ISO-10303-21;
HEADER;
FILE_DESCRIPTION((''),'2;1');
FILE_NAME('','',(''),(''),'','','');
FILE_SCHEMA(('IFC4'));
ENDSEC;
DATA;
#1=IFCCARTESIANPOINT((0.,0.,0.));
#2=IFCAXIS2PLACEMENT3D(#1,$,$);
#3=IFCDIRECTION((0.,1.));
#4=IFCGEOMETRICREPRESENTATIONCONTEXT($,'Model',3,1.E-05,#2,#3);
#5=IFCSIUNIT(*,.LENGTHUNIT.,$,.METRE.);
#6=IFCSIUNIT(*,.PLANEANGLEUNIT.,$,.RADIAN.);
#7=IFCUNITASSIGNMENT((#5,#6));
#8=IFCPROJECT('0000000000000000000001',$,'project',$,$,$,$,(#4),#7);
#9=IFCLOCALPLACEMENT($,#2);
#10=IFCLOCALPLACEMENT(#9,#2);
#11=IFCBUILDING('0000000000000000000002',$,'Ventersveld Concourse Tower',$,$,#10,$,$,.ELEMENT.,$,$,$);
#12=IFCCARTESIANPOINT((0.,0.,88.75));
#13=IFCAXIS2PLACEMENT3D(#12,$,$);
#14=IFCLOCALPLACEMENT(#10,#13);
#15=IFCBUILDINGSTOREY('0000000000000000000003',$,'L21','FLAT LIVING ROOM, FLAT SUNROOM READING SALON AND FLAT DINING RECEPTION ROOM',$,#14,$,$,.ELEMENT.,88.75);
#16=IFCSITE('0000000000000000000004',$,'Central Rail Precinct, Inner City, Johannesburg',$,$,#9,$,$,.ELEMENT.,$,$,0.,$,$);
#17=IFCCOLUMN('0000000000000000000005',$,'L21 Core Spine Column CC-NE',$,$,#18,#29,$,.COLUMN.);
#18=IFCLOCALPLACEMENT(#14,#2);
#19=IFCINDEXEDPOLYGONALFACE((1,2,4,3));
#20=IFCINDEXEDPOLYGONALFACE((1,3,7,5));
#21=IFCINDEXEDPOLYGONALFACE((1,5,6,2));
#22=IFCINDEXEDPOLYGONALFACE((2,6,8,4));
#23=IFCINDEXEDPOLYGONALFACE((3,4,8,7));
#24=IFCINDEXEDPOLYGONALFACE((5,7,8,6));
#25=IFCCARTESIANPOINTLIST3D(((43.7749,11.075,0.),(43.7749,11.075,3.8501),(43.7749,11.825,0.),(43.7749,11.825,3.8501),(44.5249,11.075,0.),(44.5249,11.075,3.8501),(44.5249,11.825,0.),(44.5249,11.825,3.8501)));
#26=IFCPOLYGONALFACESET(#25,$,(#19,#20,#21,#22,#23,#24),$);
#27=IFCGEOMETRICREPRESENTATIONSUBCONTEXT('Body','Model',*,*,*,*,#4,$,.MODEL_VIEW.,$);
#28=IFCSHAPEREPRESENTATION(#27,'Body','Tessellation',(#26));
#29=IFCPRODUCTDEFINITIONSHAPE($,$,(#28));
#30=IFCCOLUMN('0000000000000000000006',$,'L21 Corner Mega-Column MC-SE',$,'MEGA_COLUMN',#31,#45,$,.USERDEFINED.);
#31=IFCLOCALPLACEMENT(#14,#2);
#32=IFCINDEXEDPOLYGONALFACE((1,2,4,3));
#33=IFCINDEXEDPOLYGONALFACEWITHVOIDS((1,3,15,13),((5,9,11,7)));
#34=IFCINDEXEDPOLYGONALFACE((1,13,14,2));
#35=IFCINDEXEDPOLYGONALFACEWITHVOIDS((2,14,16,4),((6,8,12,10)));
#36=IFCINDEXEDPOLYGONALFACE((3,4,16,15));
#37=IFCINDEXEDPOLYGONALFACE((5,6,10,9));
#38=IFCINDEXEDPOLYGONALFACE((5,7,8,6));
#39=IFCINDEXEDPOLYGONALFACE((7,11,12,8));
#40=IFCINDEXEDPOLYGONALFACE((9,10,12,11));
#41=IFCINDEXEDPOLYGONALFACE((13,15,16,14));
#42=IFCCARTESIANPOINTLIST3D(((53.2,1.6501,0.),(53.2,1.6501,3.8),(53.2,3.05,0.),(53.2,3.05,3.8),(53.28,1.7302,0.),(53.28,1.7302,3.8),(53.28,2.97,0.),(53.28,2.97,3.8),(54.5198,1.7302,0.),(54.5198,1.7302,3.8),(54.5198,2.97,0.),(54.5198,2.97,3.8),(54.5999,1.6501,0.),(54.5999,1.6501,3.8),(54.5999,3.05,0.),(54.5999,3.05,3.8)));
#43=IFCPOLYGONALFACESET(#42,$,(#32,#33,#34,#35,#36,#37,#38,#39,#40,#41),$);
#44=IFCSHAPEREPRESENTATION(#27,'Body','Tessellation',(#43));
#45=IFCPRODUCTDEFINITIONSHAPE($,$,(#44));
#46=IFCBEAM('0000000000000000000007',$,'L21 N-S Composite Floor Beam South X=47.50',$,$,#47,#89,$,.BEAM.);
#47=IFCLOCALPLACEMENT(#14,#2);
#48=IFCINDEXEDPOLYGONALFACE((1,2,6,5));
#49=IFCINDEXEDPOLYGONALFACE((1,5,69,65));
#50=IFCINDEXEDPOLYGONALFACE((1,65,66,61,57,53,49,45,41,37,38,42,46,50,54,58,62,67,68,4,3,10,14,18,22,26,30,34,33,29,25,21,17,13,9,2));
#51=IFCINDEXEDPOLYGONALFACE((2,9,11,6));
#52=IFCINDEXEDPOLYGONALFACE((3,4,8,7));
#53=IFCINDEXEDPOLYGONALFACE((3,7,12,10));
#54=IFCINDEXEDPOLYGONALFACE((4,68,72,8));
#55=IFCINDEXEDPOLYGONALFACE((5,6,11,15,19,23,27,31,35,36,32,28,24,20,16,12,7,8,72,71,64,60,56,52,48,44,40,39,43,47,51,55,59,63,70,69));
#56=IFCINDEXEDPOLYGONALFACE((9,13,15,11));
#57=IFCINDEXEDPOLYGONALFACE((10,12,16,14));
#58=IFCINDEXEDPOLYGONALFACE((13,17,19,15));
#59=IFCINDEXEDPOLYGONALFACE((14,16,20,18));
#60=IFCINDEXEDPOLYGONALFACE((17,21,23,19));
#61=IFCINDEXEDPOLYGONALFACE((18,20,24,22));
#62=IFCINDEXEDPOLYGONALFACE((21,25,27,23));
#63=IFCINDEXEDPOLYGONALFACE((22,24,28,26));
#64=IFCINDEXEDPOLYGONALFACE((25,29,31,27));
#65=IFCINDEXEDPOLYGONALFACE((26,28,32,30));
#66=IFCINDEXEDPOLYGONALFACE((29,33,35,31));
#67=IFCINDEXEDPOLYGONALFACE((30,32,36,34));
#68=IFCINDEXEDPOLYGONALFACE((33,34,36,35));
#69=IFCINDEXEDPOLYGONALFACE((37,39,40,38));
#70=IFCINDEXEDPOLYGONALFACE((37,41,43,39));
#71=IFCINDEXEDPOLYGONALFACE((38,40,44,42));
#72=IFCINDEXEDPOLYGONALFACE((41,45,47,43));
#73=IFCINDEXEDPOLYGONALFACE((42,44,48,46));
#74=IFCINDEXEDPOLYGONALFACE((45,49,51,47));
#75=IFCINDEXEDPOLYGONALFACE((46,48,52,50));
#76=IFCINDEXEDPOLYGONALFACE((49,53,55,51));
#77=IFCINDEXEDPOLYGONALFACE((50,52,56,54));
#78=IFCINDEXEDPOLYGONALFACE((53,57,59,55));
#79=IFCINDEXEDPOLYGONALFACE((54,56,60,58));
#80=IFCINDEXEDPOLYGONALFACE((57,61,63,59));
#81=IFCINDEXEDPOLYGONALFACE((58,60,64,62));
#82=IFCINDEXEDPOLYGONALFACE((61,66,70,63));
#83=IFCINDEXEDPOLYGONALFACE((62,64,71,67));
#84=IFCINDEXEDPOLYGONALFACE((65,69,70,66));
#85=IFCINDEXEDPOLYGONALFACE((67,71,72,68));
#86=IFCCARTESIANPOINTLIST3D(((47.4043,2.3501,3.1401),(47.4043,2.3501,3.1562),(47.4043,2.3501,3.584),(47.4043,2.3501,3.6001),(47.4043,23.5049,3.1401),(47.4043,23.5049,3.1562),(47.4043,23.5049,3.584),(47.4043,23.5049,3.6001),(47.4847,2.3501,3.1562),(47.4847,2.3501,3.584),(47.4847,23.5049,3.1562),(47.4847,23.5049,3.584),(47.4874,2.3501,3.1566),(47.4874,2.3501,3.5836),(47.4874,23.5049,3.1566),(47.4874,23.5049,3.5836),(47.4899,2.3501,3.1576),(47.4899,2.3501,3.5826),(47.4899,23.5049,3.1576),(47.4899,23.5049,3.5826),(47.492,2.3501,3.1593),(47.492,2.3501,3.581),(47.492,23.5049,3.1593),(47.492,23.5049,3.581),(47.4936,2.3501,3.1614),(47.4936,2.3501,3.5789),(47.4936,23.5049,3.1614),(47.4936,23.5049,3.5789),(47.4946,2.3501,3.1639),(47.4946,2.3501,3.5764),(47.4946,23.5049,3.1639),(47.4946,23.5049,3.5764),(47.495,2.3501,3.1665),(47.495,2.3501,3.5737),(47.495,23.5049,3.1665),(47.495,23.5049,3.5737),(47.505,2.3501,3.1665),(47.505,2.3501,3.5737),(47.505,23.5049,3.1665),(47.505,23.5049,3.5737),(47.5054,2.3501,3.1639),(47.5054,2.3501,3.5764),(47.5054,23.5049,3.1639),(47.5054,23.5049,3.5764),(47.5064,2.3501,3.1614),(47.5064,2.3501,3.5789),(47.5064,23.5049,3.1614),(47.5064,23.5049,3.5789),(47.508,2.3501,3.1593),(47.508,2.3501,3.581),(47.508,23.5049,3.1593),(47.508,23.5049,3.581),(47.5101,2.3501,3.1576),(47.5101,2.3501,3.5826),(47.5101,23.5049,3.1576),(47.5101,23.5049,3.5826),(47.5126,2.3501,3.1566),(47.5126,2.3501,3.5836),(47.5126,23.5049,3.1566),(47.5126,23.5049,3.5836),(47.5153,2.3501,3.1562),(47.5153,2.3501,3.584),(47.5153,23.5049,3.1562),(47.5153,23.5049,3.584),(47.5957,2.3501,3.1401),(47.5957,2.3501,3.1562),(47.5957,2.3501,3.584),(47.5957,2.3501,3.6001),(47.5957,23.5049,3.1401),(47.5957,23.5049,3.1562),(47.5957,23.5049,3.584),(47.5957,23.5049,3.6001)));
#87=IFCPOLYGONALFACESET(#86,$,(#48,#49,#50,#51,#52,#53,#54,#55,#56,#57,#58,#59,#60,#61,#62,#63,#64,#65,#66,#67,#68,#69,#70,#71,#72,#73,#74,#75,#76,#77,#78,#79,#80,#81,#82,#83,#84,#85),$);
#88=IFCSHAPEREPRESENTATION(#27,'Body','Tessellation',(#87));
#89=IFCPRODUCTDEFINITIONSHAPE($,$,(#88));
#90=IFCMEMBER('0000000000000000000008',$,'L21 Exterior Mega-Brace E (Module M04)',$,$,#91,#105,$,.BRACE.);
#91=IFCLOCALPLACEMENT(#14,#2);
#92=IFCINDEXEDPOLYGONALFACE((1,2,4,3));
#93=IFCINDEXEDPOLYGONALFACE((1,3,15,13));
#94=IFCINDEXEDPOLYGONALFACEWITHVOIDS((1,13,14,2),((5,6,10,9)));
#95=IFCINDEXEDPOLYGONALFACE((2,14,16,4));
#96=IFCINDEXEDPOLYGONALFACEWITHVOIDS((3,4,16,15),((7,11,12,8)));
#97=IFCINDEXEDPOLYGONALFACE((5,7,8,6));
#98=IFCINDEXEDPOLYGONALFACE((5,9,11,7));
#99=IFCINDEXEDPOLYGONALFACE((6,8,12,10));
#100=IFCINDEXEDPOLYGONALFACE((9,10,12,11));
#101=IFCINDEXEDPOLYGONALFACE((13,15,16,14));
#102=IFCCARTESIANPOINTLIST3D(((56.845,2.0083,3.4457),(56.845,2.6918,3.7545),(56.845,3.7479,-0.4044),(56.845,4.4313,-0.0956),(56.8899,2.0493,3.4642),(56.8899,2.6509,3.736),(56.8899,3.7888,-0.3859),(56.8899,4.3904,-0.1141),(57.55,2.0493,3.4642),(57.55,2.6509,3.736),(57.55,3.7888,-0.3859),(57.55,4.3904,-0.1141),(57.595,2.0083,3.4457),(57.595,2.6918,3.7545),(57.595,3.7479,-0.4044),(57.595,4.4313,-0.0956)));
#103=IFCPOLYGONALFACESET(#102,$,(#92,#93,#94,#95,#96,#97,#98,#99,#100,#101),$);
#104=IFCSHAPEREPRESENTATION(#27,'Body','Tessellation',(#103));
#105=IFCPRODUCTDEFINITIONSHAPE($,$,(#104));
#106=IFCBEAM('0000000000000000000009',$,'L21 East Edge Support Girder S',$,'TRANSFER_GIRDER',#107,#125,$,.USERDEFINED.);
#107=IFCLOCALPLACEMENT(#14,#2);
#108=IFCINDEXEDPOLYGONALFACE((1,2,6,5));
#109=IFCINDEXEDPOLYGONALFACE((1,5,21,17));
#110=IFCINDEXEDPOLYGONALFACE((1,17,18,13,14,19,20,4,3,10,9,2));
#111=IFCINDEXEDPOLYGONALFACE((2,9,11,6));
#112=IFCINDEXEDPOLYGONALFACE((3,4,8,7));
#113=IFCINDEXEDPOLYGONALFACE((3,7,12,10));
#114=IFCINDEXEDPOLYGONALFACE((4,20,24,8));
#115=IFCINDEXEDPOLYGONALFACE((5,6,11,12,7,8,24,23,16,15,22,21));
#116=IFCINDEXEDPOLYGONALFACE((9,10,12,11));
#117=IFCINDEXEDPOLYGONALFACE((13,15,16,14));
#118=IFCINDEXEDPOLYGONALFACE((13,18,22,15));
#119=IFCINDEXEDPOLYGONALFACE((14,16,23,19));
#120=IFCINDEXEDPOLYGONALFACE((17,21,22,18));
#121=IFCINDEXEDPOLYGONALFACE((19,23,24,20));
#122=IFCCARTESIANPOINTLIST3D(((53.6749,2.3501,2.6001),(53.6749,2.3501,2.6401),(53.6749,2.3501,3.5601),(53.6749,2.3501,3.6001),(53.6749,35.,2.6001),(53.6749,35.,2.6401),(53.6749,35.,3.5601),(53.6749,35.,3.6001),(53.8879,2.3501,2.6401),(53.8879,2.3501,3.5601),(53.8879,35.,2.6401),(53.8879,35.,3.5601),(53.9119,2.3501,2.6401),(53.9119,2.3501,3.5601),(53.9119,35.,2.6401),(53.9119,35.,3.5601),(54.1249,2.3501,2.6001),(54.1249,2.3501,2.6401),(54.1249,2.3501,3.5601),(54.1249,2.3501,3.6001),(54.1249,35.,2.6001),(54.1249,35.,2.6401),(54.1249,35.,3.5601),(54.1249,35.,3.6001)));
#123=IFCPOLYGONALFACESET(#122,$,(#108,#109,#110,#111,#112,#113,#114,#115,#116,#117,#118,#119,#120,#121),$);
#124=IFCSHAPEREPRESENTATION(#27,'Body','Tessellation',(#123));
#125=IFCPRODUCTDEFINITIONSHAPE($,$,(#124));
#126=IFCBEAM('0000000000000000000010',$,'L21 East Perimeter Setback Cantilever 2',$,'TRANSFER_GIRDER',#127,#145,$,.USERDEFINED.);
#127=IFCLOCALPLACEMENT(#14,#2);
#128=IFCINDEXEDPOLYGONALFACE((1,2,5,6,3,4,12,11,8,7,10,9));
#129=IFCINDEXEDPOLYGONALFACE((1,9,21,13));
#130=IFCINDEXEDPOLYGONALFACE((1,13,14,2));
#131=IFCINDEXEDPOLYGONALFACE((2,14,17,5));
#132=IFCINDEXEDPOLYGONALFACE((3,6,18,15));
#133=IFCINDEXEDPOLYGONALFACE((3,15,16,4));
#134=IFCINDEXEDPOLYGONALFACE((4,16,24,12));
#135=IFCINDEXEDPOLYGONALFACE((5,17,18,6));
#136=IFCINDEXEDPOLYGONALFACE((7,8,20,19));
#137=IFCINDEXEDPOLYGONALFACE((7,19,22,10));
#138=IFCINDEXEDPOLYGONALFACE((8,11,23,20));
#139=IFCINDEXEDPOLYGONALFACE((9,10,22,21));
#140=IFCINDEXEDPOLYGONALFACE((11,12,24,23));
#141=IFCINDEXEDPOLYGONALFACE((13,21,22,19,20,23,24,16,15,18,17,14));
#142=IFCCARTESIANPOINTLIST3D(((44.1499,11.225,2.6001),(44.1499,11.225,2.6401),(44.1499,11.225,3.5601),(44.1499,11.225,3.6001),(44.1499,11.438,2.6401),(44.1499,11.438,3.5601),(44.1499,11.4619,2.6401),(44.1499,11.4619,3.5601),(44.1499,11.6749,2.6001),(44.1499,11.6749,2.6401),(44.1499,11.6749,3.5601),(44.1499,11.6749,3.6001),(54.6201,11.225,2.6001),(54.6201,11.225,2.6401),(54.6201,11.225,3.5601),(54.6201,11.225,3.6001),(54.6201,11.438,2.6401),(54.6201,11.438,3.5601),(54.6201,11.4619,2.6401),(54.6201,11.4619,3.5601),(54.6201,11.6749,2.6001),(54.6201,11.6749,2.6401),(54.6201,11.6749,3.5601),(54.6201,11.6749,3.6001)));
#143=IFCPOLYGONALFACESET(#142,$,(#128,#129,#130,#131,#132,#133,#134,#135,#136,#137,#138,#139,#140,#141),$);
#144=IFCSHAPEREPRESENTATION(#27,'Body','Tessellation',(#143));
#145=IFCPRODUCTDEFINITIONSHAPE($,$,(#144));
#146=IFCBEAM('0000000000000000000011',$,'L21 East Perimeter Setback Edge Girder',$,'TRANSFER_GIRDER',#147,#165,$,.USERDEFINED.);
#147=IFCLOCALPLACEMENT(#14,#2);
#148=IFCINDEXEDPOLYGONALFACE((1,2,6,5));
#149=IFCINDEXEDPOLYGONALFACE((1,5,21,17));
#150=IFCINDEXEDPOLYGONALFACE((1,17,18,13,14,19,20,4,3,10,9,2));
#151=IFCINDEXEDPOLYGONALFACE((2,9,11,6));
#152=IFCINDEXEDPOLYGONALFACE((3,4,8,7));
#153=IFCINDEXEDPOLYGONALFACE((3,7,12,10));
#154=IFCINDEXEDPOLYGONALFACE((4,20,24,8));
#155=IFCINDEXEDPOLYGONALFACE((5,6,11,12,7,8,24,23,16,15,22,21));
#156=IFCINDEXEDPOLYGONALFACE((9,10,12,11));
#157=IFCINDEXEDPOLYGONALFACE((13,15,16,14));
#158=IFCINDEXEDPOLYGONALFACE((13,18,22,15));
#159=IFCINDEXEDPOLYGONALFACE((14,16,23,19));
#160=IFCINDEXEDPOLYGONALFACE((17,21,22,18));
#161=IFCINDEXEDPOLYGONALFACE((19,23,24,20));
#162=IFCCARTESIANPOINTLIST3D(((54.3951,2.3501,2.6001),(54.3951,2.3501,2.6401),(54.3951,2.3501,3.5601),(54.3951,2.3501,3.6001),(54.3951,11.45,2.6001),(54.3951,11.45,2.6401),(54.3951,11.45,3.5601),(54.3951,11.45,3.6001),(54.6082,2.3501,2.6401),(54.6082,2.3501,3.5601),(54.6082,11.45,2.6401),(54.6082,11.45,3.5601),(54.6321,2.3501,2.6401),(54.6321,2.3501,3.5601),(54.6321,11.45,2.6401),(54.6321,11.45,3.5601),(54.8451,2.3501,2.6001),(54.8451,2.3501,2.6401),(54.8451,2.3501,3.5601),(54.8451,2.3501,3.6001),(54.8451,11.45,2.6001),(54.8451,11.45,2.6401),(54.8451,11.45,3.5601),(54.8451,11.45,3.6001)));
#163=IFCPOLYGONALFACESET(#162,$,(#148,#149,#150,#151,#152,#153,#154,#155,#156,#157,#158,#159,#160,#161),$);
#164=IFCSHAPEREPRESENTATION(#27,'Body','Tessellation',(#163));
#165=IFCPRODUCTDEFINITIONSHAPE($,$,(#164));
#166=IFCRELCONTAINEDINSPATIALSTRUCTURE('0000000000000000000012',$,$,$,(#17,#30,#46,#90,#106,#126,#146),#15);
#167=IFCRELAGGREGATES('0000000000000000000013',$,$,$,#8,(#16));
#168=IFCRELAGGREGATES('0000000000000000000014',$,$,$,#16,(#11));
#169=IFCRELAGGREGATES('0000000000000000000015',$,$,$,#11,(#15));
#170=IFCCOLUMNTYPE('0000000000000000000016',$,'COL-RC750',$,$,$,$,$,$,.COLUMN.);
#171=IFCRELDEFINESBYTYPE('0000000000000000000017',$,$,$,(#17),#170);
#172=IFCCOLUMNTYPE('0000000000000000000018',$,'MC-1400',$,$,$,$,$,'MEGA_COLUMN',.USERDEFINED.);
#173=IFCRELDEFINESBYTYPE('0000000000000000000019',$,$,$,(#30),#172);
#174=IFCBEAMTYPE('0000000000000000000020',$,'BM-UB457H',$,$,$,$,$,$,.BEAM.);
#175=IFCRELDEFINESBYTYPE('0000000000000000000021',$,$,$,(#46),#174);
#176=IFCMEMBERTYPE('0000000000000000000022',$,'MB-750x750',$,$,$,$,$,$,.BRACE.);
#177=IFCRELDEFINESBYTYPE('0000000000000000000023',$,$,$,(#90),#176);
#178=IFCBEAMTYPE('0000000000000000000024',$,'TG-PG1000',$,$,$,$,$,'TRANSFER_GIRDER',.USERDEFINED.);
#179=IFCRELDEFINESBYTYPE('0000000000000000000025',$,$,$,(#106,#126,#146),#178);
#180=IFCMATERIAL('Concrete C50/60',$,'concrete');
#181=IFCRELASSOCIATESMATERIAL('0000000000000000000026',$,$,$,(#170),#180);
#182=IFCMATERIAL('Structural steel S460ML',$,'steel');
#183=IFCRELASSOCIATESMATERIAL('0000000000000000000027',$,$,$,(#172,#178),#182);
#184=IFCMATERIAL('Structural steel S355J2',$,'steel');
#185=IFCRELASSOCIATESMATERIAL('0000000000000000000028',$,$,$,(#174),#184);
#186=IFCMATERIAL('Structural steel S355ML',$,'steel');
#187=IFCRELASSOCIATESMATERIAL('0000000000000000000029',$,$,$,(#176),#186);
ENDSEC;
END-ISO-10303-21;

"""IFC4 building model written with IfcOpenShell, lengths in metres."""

from ifc_helpers import new_model, si_unit, direction, frame, origin, origin_2d, place, context, subcontext, project, spatial, rectangle, hollow_rectangle, i_section, extrude, material, material_profile, profile_set, type_object, element, save


model = new_model("IFC4")

# Units and contexts
model_context = context("Model", 3, precision=1e-05, world=origin(), true_north=direction((0.0, 1.0)))
body_context = subcontext(model_context, "Body", "Model", "MODEL_VIEW")
ifc_project = project(units=[si_unit("LENGTHUNIT", "METRE"), si_unit("PLANEANGLEUNIT", "RADIAN")], contexts=[model_context])

# Site, building, storey
site_placement = place(None, origin())
site = spatial("IfcSite", under=ifc_project, at=site_placement, Name="Central Rail Precinct, Inner City, Johannesburg", CompositionType="ELEMENT", RefElevation=0.0)
building_placement = place(site_placement, origin())
building = spatial("IfcBuilding", under=site, at=building_placement, Name="Ventersveld Concourse Tower", CompositionType="ELEMENT")
storey_placement = place(building_placement, frame((0.0, 0.0, 88.75)))
storey = spatial("IfcBuildingStorey", under=building, at=storey_placement, Name="L21", Description="FLAT LIVING ROOM, FLAT SUNROOM READING SALON AND FLAT DINING RECEPTION ROOM", CompositionType="ELEMENT", Elevation=88.75)

# Columns
ifc_material_1 = material(Name="Concrete C50/60", Category="concrete")
ifc_material_profile_1 = material_profile(ifc_material_1, rectangle(XDim=0.75, YDim=0.75, at=origin_2d()), Name="RC 750x750")
ifc_profile_set_1 = profile_set([ifc_material_profile_1], Name="Concrete C50/60")
column_type_1 = type_object("IfcColumnType", Name="COL-RC750", PredefinedType="COLUMN", material=ifc_profile_set_1)
column_1_placement = place(storey_placement, frame((44.1499, 11.45, 0.0), z_axis=(0.0, 0.0, 1.0), x_axis=(1.0, 0.0, 0.0)))
element("IfcColumn", 1, at=column_1_placement, inside=storey, type_object=column_type_1, Name="L21 Core Spine Column CC-NE", PredefinedType="COLUMN", context=body_context, shape_type="SweptSolid", body=[
    extrude(rectangle(XDim=0.75, YDim=0.75, at=origin_2d()), origin(), (0.0, 0.0, 1.0), 3.8501),
])
ifc_material_2 = material(Name="Structural steel S460ML", Category="steel")
ifc_material_profile_2 = material_profile(ifc_material_2, hollow_rectangle(XDim=1.3999, YDim=1.3999, WallThickness=0.0801, at=origin_2d()), Name="BOX 1400x1400x80")
ifc_profile_set_2 = profile_set([ifc_material_profile_2], Name="Structural steel S460ML")
column_type_2 = type_object("IfcColumnType", Name="MC-1400", ElementType="MEGA_COLUMN", PredefinedType="USERDEFINED", material=ifc_profile_set_2)
column_2_placement = place(storey_placement, frame((53.8999, 2.3501, 0.0), z_axis=(0.0, 0.0, 1.0), x_axis=(1.0, 0.0, 0.0)))
element("IfcColumn", 2, at=column_2_placement, inside=storey, type_object=column_type_2, Name="L21 Corner Mega-Column MC-SE", ObjectType="MEGA_COLUMN", PredefinedType="USERDEFINED", context=body_context, shape_type="SweptSolid", body=[
    extrude(hollow_rectangle(XDim=1.3999, YDim=1.3999, WallThickness=0.0801, at=origin_2d()), origin(), (0.0, 0.0, 1.0), 3.8),
])

# Beam
ifc_material_3 = material(Name="Structural steel S355J2", Category="steel")
ifc_material_profile_3 = material_profile(ifc_material_3, i_section(OverallWidth=0.1914, OverallDepth=0.46, WebThickness=0.01, FlangeThickness=0.0161, FilletRadius=0.0103, at=origin_2d()), Name="UB 457x191x82")
ifc_profile_set_3 = profile_set([ifc_material_profile_3], Name="Structural steel S355J2")
beam_type_1 = type_object("IfcBeamType", Name="BM-UB457H", PredefinedType="BEAM", material=ifc_profile_set_3)
beam_1_placement = place(storey_placement, frame((47.5, 2.3501, 3.3701), z_axis=(0.0, 1.0, 0.0), x_axis=(-1.0, 0.0, 0.0)))
element("IfcBeam", 3, at=beam_1_placement, inside=storey, type_object=beam_type_1, Name="L21 N-S Composite Floor Beam South X=47.50", PredefinedType="BEAM", context=body_context, shape_type="SweptSolid", body=[
    extrude(i_section(OverallWidth=0.1914, OverallDepth=0.46, WebThickness=0.01, FlangeThickness=0.0161, FilletRadius=0.0103, at=origin_2d()), origin(), (0.0, 0.0, 1.0), 21.1548),
])

# Member
ifc_material_4 = material(Name="Structural steel S355ML", Category="steel")
ifc_material_profile_4 = material_profile(ifc_material_4, hollow_rectangle(XDim=0.75, YDim=0.75, WallThickness=0.0449, at=origin_2d()), Name="BOX 750x750x45")
ifc_profile_set_4 = profile_set([ifc_material_profile_4], Name="Structural steel S355ML")
member_type = type_object("IfcMemberType", Name="MB-750x750", PredefinedType="BRACE", material=ifc_profile_set_4)
member_placement = place(storey_placement, frame((57.22, 4.0896, -0.25), z_axis=(0.0, -0.411734, 0.911304), x_axis=(1.0, 0.0, 0.0)))
element("IfcMember", 4, at=member_placement, inside=storey, type_object=member_type, Name="L21 Exterior Mega-Brace E (Module M04)", PredefinedType="BRACE", context=body_context, shape_type="SweptSolid", body=[
    extrude(hollow_rectangle(XDim=0.75, YDim=0.75, WallThickness=0.0449, at=origin_2d()), origin(), (0.0, 0.0, 1.0), 4.2249),
])

# Beams
ifc_material_profile_5 = material_profile(ifc_material_2, i_section(OverallWidth=0.45, OverallDepth=1.0, WebThickness=0.0239, FlangeThickness=0.04, at=origin_2d()), Name="PG 1000x450x40")
ifc_profile_set_5 = profile_set([ifc_material_profile_5], Name="Structural steel S460ML")
beam_type_2 = type_object("IfcBeamType", Name="TG-PG1000", ElementType="TRANSFER_GIRDER", PredefinedType="USERDEFINED", material=ifc_profile_set_5)
beam_2_placement = place(storey_placement, frame((53.8999, 2.3501, 3.1001), z_axis=(0.0, 1.0, 0.0), x_axis=(-1.0, 0.0, 0.0)))
element("IfcBeam", 5, at=beam_2_placement, inside=storey, type_object=beam_type_2, Name="L21 East Edge Support Girder S", ObjectType="TRANSFER_GIRDER", PredefinedType="USERDEFINED", context=body_context, shape_type="SweptSolid", body=[
    extrude(i_section(OverallWidth=0.45, OverallDepth=1.0, WebThickness=0.0239, FlangeThickness=0.04, at=origin_2d()), origin(), (0.0, 0.0, 1.0), 32.6499),
])
beam_3_placement = place(storey_placement, frame((44.1499, 11.45, 3.1001), z_axis=(1.0, 0.0, 0.0), x_axis=(0.0, 1.0, 0.0)))
element("IfcBeam", 6, at=beam_3_placement, inside=storey, type_object=beam_type_2, Name="L21 East Perimeter Setback Cantilever 2", ObjectType="TRANSFER_GIRDER", PredefinedType="USERDEFINED", context=body_context, shape_type="SweptSolid", body=[
    extrude(i_section(OverallWidth=0.45, OverallDepth=1.0, WebThickness=0.0239, FlangeThickness=0.04, at=origin_2d()), origin(), (0.0, 0.0, 1.0), 10.4702),
])
beam_4_placement = place(storey_placement, frame((54.6201, 2.3501, 3.1001), z_axis=(0.0, 1.0, 0.0), x_axis=(-1.0, 0.0, 0.0)))
element("IfcBeam", 7, at=beam_4_placement, inside=storey, type_object=beam_type_2, Name="L21 East Perimeter Setback Edge Girder", ObjectType="TRANSFER_GIRDER", PredefinedType="USERDEFINED", context=body_context, shape_type="SweptSolid", body=[
    extrude(i_section(OverallWidth=0.45, OverallDepth=1.0, WebThickness=0.0239, FlangeThickness=0.04, at=origin_2d()), origin(), (0.0, 0.0, 1.0), 9.0999),
])

save(model, "model.ifc")
